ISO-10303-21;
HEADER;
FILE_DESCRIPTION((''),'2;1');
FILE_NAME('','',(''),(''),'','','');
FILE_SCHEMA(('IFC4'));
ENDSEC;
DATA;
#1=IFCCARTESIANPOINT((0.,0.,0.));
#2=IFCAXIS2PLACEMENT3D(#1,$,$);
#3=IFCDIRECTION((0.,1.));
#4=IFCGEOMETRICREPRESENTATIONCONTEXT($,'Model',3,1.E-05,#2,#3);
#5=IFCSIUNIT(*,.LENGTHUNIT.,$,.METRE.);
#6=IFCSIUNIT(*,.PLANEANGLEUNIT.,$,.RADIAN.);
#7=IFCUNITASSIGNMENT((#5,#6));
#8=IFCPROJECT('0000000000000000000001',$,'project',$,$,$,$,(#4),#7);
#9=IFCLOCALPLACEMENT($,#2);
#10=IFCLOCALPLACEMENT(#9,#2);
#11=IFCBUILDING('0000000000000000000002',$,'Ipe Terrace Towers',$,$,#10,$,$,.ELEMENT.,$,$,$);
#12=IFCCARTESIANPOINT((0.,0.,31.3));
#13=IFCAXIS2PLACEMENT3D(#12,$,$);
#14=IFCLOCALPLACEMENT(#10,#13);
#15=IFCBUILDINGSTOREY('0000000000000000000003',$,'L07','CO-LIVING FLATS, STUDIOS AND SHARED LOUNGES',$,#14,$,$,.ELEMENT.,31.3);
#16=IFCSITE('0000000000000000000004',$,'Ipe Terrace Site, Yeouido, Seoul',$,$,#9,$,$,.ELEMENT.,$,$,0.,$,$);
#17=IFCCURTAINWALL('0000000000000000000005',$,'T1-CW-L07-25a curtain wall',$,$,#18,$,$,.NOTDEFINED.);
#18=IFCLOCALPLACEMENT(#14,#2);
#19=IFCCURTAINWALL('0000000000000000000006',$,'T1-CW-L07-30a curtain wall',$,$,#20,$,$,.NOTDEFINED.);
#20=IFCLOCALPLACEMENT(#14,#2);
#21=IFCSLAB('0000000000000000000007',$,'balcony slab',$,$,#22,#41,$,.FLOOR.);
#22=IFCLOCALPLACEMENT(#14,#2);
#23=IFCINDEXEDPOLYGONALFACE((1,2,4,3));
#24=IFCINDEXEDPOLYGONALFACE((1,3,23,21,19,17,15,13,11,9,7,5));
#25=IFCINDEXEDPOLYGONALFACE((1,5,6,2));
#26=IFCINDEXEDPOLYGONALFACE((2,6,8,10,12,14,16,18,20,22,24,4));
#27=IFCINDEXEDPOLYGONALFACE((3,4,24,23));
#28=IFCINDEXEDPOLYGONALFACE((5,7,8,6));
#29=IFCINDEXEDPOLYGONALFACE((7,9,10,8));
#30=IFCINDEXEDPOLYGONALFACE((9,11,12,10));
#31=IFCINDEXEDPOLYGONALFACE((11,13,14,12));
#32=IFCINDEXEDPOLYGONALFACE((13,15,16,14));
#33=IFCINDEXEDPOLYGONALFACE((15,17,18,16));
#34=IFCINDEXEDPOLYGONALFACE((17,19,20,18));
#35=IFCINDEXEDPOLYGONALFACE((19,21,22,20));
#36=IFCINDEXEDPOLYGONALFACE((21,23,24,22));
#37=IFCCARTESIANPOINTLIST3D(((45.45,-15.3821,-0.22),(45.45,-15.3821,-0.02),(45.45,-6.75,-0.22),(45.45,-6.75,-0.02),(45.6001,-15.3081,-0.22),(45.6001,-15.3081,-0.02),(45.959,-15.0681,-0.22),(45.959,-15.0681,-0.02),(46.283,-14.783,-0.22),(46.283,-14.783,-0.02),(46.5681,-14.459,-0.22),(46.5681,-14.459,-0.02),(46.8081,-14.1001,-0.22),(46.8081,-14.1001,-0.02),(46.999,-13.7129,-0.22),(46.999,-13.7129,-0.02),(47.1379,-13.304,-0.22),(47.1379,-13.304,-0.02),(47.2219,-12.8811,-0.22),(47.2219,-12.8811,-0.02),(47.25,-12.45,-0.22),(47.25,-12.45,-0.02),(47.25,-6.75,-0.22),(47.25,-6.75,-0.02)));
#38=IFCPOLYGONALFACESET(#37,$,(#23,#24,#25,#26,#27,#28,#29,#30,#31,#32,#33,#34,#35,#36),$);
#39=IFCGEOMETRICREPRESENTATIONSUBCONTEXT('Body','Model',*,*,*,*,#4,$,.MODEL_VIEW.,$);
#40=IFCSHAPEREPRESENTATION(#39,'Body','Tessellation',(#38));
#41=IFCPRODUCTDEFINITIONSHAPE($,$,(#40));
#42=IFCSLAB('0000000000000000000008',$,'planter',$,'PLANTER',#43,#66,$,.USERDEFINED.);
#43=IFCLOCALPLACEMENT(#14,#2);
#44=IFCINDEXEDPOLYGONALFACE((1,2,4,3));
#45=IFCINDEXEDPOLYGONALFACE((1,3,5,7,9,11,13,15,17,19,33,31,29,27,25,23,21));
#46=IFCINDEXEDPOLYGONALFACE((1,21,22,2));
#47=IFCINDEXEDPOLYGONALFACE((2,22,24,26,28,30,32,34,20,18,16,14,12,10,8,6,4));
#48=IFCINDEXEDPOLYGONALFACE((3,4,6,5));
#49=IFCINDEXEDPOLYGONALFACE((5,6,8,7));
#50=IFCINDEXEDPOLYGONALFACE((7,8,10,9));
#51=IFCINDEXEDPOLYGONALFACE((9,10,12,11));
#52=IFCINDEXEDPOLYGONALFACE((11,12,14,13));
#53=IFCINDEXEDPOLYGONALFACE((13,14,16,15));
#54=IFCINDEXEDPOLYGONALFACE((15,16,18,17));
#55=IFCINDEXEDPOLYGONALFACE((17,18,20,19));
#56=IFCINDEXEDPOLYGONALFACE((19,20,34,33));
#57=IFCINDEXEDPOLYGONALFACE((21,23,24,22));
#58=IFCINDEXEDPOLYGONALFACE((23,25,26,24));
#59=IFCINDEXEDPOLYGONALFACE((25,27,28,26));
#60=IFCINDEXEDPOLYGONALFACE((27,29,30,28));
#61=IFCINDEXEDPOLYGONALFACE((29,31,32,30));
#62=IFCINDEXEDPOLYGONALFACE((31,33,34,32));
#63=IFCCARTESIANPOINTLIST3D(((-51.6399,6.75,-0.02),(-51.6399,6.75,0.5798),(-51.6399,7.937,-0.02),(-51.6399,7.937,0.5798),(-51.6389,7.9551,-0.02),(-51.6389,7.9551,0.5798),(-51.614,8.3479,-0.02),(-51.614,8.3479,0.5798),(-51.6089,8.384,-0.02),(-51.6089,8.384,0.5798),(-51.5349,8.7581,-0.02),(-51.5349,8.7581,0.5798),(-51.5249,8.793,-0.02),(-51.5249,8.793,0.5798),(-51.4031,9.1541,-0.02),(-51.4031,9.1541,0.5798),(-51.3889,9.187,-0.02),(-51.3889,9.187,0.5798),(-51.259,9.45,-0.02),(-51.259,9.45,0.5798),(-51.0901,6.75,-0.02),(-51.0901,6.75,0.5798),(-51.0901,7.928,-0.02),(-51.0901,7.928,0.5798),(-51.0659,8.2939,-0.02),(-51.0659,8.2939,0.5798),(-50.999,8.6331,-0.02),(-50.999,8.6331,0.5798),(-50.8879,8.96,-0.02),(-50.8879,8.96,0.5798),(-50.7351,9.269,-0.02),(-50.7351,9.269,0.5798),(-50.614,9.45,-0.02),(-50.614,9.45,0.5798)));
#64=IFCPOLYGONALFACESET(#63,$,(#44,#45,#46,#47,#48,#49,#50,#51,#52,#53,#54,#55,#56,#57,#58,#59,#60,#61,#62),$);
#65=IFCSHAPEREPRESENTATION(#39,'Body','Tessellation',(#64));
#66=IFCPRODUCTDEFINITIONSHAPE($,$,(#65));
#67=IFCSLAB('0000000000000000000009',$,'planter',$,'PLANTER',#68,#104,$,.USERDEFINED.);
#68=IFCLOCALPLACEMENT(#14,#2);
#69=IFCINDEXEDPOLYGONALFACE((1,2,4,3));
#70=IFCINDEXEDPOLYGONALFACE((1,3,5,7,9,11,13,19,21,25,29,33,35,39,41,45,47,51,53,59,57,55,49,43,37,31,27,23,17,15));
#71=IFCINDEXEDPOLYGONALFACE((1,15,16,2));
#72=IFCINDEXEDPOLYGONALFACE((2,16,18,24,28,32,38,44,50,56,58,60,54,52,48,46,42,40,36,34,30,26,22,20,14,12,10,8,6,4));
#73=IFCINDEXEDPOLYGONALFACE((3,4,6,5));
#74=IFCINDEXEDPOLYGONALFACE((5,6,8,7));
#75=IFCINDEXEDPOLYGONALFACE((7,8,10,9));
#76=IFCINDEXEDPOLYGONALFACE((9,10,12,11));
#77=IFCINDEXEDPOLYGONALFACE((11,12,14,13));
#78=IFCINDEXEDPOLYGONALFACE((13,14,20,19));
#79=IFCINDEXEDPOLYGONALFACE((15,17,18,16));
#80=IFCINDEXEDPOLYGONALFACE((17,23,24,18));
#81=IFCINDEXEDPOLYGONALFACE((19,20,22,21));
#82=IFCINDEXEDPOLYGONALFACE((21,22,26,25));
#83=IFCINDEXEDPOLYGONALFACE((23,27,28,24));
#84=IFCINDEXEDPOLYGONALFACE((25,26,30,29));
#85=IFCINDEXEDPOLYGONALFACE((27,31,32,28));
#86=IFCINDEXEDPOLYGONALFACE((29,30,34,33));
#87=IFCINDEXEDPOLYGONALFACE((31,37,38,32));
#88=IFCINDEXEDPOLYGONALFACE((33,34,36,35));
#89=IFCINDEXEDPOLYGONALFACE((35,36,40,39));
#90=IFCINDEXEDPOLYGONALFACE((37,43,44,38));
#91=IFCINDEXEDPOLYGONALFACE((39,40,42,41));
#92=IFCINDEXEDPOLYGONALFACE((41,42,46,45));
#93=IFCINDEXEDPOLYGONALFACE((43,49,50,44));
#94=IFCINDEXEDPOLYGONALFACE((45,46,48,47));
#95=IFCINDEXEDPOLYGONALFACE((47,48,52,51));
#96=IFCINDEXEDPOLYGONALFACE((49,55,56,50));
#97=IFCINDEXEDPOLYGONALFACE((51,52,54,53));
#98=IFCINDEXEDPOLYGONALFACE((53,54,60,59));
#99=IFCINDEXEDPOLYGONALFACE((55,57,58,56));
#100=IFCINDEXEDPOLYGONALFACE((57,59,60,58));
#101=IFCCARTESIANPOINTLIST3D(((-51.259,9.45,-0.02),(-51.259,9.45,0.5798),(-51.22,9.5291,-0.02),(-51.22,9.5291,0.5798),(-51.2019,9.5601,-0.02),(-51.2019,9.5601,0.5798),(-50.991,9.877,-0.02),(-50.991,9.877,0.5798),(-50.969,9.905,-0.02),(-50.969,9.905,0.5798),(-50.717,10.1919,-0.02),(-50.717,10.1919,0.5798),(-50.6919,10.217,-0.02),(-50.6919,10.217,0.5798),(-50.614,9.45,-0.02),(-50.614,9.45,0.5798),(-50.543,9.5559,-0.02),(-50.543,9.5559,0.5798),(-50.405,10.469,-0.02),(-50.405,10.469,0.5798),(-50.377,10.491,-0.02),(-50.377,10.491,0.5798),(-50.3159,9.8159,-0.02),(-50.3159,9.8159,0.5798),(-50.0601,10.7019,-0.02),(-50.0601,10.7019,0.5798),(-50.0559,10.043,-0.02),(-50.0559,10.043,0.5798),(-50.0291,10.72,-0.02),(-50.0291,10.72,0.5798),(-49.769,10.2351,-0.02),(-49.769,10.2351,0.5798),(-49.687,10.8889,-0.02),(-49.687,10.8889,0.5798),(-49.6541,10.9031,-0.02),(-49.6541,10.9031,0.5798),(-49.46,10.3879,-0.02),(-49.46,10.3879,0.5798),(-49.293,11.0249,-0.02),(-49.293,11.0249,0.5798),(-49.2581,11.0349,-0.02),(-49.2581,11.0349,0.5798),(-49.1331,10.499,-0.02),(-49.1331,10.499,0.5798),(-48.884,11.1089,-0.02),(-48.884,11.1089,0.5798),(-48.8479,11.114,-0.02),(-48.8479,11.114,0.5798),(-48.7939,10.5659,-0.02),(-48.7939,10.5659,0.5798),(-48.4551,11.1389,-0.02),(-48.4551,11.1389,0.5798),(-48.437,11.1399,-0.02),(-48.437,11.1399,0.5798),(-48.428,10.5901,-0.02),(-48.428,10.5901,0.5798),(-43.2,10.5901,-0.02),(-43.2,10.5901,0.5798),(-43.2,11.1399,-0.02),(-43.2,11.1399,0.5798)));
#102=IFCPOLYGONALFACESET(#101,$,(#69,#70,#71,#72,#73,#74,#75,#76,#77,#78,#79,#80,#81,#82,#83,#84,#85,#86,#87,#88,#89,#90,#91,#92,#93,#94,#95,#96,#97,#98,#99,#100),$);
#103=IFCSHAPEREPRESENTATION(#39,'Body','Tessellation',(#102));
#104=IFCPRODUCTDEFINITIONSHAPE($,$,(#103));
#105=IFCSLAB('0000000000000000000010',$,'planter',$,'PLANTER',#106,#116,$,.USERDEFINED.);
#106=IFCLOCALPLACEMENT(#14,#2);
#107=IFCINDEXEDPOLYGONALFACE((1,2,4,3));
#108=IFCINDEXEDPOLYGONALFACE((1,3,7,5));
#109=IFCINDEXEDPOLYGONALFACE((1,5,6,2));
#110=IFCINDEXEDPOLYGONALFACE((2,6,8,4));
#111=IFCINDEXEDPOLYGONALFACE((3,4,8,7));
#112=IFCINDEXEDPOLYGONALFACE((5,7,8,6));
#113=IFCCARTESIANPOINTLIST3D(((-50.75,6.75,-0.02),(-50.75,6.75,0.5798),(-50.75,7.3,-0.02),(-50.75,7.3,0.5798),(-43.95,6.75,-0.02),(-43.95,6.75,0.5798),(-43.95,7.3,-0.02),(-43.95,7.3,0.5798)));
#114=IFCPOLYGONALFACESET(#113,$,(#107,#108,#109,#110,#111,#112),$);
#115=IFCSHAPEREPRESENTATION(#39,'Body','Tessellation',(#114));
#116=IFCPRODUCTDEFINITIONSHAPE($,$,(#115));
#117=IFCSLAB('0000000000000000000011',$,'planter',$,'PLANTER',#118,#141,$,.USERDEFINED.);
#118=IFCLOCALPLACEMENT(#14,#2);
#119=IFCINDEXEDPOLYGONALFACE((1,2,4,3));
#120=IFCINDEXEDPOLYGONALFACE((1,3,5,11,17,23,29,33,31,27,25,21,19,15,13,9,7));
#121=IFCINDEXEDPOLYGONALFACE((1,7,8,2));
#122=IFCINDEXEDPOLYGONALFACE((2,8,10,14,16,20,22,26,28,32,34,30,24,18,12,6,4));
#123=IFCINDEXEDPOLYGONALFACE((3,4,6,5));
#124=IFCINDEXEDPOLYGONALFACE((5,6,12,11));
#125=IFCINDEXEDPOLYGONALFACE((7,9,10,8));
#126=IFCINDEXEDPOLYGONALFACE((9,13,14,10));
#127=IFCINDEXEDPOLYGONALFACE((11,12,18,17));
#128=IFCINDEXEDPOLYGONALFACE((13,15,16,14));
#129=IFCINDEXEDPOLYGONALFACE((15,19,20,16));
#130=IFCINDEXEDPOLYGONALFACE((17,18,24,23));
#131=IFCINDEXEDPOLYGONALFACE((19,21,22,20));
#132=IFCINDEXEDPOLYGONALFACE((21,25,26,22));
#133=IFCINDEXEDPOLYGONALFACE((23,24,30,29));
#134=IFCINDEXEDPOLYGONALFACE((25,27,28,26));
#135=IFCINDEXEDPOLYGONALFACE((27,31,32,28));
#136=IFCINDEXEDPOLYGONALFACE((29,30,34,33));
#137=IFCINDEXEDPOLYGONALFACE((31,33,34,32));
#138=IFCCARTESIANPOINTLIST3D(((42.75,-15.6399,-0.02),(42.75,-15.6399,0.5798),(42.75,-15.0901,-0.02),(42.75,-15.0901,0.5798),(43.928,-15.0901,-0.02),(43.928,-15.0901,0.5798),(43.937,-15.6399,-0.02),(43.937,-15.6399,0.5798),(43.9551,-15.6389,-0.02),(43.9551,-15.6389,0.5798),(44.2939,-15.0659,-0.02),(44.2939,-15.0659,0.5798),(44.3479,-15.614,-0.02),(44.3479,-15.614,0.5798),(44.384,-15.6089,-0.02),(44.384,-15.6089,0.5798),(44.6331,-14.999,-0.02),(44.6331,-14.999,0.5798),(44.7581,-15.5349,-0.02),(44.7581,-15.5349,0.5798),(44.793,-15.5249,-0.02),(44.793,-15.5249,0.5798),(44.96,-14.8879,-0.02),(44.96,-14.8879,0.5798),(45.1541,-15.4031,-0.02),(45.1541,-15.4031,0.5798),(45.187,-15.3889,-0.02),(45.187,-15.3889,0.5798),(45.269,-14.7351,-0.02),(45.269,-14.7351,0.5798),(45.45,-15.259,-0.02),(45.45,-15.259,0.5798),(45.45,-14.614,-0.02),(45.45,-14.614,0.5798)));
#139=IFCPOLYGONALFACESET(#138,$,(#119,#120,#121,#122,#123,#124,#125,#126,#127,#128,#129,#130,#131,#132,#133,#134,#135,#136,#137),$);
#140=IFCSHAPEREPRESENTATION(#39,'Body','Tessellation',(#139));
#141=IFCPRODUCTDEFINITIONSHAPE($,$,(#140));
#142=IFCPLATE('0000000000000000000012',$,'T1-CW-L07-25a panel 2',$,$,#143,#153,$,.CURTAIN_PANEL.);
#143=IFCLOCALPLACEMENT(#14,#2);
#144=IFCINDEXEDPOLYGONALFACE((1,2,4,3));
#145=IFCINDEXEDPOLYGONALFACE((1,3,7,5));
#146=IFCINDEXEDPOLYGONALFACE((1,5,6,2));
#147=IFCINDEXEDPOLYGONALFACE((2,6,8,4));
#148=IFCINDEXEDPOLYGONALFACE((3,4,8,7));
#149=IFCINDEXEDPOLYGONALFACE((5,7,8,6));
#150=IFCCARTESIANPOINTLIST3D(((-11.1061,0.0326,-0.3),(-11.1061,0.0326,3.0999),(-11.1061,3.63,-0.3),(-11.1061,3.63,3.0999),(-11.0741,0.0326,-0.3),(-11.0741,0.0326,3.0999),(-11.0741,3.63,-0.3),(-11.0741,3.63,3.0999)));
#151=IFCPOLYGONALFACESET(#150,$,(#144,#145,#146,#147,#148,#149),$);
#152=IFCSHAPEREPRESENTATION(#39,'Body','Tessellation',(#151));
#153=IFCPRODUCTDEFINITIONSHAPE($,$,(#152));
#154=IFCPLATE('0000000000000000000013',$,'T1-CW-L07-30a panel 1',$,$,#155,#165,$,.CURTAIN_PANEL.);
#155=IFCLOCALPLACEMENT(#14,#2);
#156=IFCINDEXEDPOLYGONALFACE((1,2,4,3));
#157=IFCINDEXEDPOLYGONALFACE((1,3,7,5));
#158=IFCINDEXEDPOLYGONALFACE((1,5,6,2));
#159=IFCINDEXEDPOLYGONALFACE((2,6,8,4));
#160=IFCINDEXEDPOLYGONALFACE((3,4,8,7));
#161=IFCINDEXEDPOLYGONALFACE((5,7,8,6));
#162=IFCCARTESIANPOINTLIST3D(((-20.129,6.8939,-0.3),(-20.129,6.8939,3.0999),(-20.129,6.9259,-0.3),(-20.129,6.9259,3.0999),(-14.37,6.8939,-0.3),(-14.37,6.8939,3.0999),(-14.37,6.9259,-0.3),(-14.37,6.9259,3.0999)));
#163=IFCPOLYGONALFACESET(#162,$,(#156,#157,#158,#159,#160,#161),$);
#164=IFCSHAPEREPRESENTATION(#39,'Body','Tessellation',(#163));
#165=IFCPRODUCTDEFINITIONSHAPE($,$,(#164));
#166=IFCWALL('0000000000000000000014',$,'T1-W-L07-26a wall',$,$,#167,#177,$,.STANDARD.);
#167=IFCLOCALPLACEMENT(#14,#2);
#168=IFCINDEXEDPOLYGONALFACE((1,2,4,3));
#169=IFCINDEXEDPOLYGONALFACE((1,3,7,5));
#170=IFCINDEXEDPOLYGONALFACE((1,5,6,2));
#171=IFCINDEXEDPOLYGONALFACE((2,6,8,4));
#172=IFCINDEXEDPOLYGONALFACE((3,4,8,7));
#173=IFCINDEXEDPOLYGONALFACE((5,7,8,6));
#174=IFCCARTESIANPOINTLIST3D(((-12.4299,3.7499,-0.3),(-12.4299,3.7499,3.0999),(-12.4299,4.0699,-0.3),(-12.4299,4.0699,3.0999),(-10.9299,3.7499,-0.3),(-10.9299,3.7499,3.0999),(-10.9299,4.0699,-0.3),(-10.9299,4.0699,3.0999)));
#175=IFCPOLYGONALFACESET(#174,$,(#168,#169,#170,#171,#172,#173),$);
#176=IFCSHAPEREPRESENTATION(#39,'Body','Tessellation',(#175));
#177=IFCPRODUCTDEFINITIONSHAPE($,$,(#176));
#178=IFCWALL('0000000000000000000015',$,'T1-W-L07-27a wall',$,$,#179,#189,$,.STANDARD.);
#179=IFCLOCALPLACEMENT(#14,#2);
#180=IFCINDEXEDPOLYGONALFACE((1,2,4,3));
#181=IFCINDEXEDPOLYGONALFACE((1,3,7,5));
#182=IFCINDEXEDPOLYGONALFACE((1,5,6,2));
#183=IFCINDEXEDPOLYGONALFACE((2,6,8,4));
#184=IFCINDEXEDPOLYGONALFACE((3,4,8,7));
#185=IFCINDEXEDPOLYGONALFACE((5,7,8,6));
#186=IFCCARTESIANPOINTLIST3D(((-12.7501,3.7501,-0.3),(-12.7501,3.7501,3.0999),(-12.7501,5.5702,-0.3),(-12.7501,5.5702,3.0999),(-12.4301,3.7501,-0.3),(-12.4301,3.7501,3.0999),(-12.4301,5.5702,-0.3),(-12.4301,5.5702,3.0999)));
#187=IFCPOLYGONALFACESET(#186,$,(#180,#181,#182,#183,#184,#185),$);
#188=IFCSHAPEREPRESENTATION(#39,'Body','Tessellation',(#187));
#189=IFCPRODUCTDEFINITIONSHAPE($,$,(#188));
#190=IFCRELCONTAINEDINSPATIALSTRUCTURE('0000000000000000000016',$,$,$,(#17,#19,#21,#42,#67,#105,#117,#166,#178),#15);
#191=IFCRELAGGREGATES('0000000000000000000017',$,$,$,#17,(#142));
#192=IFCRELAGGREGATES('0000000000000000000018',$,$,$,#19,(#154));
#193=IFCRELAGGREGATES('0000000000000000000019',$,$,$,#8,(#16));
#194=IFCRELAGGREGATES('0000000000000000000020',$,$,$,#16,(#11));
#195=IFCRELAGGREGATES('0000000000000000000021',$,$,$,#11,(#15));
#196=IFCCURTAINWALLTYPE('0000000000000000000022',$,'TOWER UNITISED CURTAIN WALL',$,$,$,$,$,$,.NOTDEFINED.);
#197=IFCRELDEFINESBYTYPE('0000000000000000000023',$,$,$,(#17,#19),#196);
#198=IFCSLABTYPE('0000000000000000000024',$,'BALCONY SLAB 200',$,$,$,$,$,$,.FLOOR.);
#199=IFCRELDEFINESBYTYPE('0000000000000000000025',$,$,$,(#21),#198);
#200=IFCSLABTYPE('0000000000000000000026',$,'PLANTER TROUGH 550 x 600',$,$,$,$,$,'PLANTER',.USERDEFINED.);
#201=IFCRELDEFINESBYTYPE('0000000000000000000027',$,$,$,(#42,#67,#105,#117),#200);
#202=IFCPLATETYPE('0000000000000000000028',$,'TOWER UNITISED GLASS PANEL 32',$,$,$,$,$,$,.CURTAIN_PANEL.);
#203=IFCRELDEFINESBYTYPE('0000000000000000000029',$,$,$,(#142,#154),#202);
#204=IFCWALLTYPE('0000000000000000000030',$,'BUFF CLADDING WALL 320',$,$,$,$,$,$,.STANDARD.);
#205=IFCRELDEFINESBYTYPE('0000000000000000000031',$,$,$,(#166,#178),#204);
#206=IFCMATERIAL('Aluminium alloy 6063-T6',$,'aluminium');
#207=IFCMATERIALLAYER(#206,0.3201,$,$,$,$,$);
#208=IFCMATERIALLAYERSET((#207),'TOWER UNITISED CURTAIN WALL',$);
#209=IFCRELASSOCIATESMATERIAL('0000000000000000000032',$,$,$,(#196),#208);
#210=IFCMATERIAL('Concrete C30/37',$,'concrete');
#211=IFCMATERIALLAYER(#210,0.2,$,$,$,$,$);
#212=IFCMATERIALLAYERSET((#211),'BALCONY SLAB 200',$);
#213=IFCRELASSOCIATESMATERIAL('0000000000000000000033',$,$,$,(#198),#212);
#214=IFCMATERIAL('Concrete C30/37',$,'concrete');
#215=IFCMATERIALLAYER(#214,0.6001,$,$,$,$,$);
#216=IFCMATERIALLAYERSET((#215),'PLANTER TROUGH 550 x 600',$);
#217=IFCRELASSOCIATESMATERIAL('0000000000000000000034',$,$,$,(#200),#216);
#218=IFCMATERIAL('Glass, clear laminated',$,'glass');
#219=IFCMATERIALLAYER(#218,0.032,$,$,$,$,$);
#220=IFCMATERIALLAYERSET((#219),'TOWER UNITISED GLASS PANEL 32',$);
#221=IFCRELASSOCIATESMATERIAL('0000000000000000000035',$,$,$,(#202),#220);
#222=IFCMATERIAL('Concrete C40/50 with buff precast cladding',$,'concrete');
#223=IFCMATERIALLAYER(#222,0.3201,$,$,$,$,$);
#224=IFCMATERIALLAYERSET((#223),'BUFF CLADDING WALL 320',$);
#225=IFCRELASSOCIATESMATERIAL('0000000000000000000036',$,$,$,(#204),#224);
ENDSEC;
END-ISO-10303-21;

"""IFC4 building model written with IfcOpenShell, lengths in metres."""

from ifc_helpers import new_model, si_unit, direction, frame, frame_2d, origin, origin_2d, place, context, subcontext, project, spatial, polyline, rectangle, outline, extrude, material, layer, layer_set, type_object, element, aggregate, save


model = new_model("IFC4")

# Units and contexts
model_context = context("Model", 3, precision=1e-05, world=origin(), true_north=direction((0.0, 1.0)))
body_context = subcontext(model_context, "Body", "Model", "MODEL_VIEW")
ifc_project = project(units=[si_unit("LENGTHUNIT", "METRE"), si_unit("PLANEANGLEUNIT", "RADIAN")], contexts=[model_context])

# Site, building, storey
site_placement = place(None, origin())
site = spatial("IfcSite", under=ifc_project, at=site_placement, Name="Ipe Terrace Site, Yeouido, Seoul", CompositionType="ELEMENT", RefElevation=0.0)
building_placement = place(site_placement, origin())
building = spatial("IfcBuilding", under=site, at=building_placement, Name="Ipe Terrace Towers", CompositionType="ELEMENT")
storey_placement = place(building_placement, frame((0.0, 0.0, 31.3)))
storey = spatial("IfcBuildingStorey", under=building, at=storey_placement, Name="L07", Description="CO-LIVING FLATS, STUDIOS AND SHARED LOUNGES", CompositionType="ELEMENT", Elevation=31.3)

# Curtain wall
ifc_material_1 = material(Name="Aluminium alloy 6063-T6", Category="aluminium")
ifc_layer_1 = layer(ifc_material_1, 0.3201)
ifc_layer_set_1 = layer_set([ifc_layer_1], Name="TOWER UNITISED CURTAIN WALL")
curtain_wall_type = type_object("IfcCurtainWallType", Name="TOWER UNITISED CURTAIN WALL", PredefinedType="NOTDEFINED", material=ifc_layer_set_1)
curtain_wall_1_placement = place(storey_placement, origin())
curtain_wall_1 = element("IfcCurtainWall", 1, at=curtain_wall_1_placement, inside=storey, type_object=curtain_wall_type, Name="T1-CW-L07-25a curtain wall", PredefinedType="NOTDEFINED")

# Curtain wall
curtain_wall_2_placement = place(storey_placement, origin())
curtain_wall_2 = element("IfcCurtainWall", 2, at=curtain_wall_2_placement, inside=storey, type_object=curtain_wall_type, Name="T1-CW-L07-30a curtain wall", PredefinedType="NOTDEFINED")

# Slabs
ifc_material_2 = material(Name="Concrete C30/37", Category="concrete")
ifc_layer_2 = layer(ifc_material_2, 0.2)
ifc_layer_set_2 = layer_set([ifc_layer_2], Name="BALCONY SLAB 200")
slab_type_1 = type_object("IfcSlabType", Name="BALCONY SLAB 200", PredefinedType="FLOOR", material=ifc_layer_set_2)
slab_1_placement = place(storey_placement, frame((0.0, 0.0, -0.22)))
element("IfcSlab", 3, at=slab_1_placement, inside=storey, type_object=slab_type_1, Name="balcony slab", PredefinedType="FLOOR", context=body_context, shape_type="SweptSolid", body=[
    extrude(outline(polyline([(47.25, -6.75), (45.45, -6.75), (45.45, -15.3821), (45.6001, -15.3081), (45.959, -15.0681), (46.283, -14.783), (46.5681, -14.459), (46.8081, -14.1001), (46.999, -13.7129), (47.1379, -13.304), (47.2219, -12.8811), (47.25, -12.45), (47.25, -6.75)])), origin(), (0.0, 0.0, 1.0), 0.2),
])
ifc_material_3 = material(Name="Concrete C30/37", Category="concrete")
ifc_layer_3 = layer(ifc_material_3, 0.6001)
ifc_layer_set_3 = layer_set([ifc_layer_3], Name="PLANTER TROUGH 550 x 600")
slab_type_2 = type_object("IfcSlabType", Name="PLANTER TROUGH 550 x 600", ElementType="PLANTER", PredefinedType="USERDEFINED", material=ifc_layer_set_3)
slab_2_placement = place(storey_placement, frame((0.0, 0.0, -0.02)))
element("IfcSlab", 4, at=slab_2_placement, inside=storey, type_object=slab_type_2, Name="planter", ObjectType="PLANTER", PredefinedType="USERDEFINED", context=body_context, shape_type="SweptSolid", body=[
    extrude(outline(polyline([(-50.999, 8.6331), (-50.8879, 8.96), (-50.7351, 9.269), (-50.614, 9.45), (-51.259, 9.45), (-51.3889, 9.187), (-51.4031, 9.1541), (-51.5249, 8.793), (-51.5349, 8.7581), (-51.6089, 8.384), (-51.614, 8.3479), (-51.6389, 7.9551), (-51.6399, 7.937), (-51.6399, 6.75), (-51.0901, 6.75), (-51.0901, 7.928), (-51.0659, 8.2939), (-50.999, 8.6331)])), origin(), (0.0, 0.0, 1.0), 0.5999),
])
slab_3_placement = place(storey_placement, frame((0.0, 0.0, -0.02)))
element("IfcSlab", 5, at=slab_3_placement, inside=storey, type_object=slab_type_2, Name="planter", ObjectType="PLANTER", PredefinedType="USERDEFINED", context=body_context, shape_type="SweptSolid", body=[
    extrude(outline(polyline([(-50.543, 9.5559), (-50.3159, 9.8159), (-50.0559, 10.043), (-49.769, 10.2351), (-49.46, 10.3879), (-49.1331, 10.499), (-48.7939, 10.5659), (-48.428, 10.5901), (-43.2, 10.5901), (-43.2, 11.1399), (-48.437, 11.1399), (-48.4551, 11.1389), (-48.8479, 11.114), (-48.884, 11.1089), (-49.2581, 11.0349), (-49.293, 11.0249), (-49.6541, 10.9031), (-49.687, 10.8889), (-50.0291, 10.72), (-50.0601, 10.7019), (-50.377, 10.491), (-50.405, 10.469), (-50.6919, 10.217), (-50.717, 10.1919), (-50.969, 9.905), (-50.991, 9.877), (-51.2019, 9.5601), (-51.22, 9.5291), (-51.259, 9.45), (-50.614, 9.45), (-50.543, 9.5559)])), origin(), (0.0, 0.0, 1.0), 0.5999),
])
slab_4_placement = place(storey_placement, frame((0.0, 0.0, -0.02)))
element("IfcSlab", 6, at=slab_4_placement, inside=storey, type_object=slab_type_2, Name="planter", ObjectType="PLANTER", PredefinedType="USERDEFINED", context=body_context, shape_type="SweptSolid", body=[
    extrude(outline(polyline([(-43.95, 6.75), (-43.95, 7.3), (-50.75, 7.3), (-50.75, 6.75), (-43.95, 6.75)])), origin(), (0.0, 0.0, 1.0), 0.5999),
])
slab_5_placement = place(storey_placement, frame((0.0, 0.0, -0.02)))
element("IfcSlab", 7, at=slab_5_placement, inside=storey, type_object=slab_type_2, Name="planter", ObjectType="PLANTER", PredefinedType="USERDEFINED", context=body_context, shape_type="SweptSolid", body=[
    extrude(outline(polyline([(44.6331, -14.999), (44.2939, -15.0659), (43.928, -15.0901), (42.75, -15.0901), (42.75, -15.6399), (43.937, -15.6399), (43.9551, -15.6389), (44.3479, -15.614), (44.384, -15.6089), (44.7581, -15.5349), (44.793, -15.5249), (45.1541, -15.4031), (45.187, -15.3889), (45.45, -15.259), (45.45, -14.614), (45.269, -14.7351), (44.96, -14.8879), (44.6331, -14.999)])), origin(), (0.0, 0.0, 1.0), 0.5999),
])

# Plates
ifc_material_4 = material(Name="Glass, clear laminated", Category="glass")
ifc_layer_4 = layer(ifc_material_4, 0.032)
ifc_layer_set_4 = layer_set([ifc_layer_4], Name="TOWER UNITISED GLASS PANEL 32")
plate_type = type_object("IfcPlateType", Name="TOWER UNITISED GLASS PANEL 32", PredefinedType="CURTAIN_PANEL", material=ifc_layer_set_4)
plate_1_placement = place(storey_placement, frame((-11.0901, 1.8313, -0.3), z_axis=(0.0, 0.0, 1.0), x_axis=(0.0, 1.0, 0.0)))
plate_1 = element("IfcPlate", 8, at=plate_1_placement, type_object=plate_type, Name="T1-CW-L07-25a panel 2", PredefinedType="CURTAIN_PANEL", context=body_context, shape_type="SweptSolid", body=[
    extrude(rectangle(XDim=3.5974, YDim=0.032, at=origin_2d()), origin(), (0.0, 0.0, 1.0), 3.3999),
])
aggregate(curtain_wall_1, [plate_1])
plate_2_placement = place(storey_placement, frame((-17.2495, 6.9099, -0.3), z_axis=(0.0, 0.0, 1.0), x_axis=(-1.0, 0.0, 0.0)))
plate_2 = element("IfcPlate", 9, at=plate_2_placement, type_object=plate_type, Name="T1-CW-L07-30a panel 1", PredefinedType="CURTAIN_PANEL", context=body_context, shape_type="SweptSolid", body=[
    extrude(rectangle(XDim=5.759, YDim=0.032, at=origin_2d()), origin(), (0.0, 0.0, 1.0), 3.3999),
])
aggregate(curtain_wall_2, [plate_2])

# Walls
ifc_material_5 = material(Name="Concrete C40/50 with buff precast cladding", Category="concrete")
ifc_layer_5 = layer(ifc_material_5, 0.3201)
ifc_layer_set_5 = layer_set([ifc_layer_5], Name="BUFF CLADDING WALL 320")
wall_type_1 = type_object("IfcWallType", Name="BUFF CLADDING WALL 320", PredefinedType="STANDARD", material=ifc_layer_set_5)
wall_1_placement = place(storey_placement, frame((-10.9299, 3.9099, -0.3), z_axis=(0.0, 0.0, 1.0), x_axis=(-1.0, 0.0, 0.0)))
element("IfcWall", 10, at=wall_1_placement, inside=storey, type_object=wall_type_1, Name="T1-W-L07-26a wall", PredefinedType="STANDARD", context=body_context, shape_type="SweptSolid", body=[
    extrude(rectangle(XDim=1.5, YDim=0.3201, at=frame_2d((0.75, 0.0))), origin(), (0.0, 0.0, 1.0), 3.3999),
])
wall_2_placement = place(storey_placement, frame((-12.5901, 3.75, -0.3), z_axis=(0.0, 0.0, 1.0), x_axis=(0.0, 1.0, 0.0)))
element("IfcWall", 11, at=wall_2_placement, inside=storey, type_object=wall_type_1, Name="T1-W-L07-27a wall", PredefinedType="STANDARD", context=body_context, shape_type="SweptSolid", body=[
    extrude(rectangle(XDim=1.8201, YDim=0.3201, at=frame_2d((0.9102, 0.0))), origin(), (0.0, 0.0, 1.0), 3.3999),
])

save(model, "model.ifc")
